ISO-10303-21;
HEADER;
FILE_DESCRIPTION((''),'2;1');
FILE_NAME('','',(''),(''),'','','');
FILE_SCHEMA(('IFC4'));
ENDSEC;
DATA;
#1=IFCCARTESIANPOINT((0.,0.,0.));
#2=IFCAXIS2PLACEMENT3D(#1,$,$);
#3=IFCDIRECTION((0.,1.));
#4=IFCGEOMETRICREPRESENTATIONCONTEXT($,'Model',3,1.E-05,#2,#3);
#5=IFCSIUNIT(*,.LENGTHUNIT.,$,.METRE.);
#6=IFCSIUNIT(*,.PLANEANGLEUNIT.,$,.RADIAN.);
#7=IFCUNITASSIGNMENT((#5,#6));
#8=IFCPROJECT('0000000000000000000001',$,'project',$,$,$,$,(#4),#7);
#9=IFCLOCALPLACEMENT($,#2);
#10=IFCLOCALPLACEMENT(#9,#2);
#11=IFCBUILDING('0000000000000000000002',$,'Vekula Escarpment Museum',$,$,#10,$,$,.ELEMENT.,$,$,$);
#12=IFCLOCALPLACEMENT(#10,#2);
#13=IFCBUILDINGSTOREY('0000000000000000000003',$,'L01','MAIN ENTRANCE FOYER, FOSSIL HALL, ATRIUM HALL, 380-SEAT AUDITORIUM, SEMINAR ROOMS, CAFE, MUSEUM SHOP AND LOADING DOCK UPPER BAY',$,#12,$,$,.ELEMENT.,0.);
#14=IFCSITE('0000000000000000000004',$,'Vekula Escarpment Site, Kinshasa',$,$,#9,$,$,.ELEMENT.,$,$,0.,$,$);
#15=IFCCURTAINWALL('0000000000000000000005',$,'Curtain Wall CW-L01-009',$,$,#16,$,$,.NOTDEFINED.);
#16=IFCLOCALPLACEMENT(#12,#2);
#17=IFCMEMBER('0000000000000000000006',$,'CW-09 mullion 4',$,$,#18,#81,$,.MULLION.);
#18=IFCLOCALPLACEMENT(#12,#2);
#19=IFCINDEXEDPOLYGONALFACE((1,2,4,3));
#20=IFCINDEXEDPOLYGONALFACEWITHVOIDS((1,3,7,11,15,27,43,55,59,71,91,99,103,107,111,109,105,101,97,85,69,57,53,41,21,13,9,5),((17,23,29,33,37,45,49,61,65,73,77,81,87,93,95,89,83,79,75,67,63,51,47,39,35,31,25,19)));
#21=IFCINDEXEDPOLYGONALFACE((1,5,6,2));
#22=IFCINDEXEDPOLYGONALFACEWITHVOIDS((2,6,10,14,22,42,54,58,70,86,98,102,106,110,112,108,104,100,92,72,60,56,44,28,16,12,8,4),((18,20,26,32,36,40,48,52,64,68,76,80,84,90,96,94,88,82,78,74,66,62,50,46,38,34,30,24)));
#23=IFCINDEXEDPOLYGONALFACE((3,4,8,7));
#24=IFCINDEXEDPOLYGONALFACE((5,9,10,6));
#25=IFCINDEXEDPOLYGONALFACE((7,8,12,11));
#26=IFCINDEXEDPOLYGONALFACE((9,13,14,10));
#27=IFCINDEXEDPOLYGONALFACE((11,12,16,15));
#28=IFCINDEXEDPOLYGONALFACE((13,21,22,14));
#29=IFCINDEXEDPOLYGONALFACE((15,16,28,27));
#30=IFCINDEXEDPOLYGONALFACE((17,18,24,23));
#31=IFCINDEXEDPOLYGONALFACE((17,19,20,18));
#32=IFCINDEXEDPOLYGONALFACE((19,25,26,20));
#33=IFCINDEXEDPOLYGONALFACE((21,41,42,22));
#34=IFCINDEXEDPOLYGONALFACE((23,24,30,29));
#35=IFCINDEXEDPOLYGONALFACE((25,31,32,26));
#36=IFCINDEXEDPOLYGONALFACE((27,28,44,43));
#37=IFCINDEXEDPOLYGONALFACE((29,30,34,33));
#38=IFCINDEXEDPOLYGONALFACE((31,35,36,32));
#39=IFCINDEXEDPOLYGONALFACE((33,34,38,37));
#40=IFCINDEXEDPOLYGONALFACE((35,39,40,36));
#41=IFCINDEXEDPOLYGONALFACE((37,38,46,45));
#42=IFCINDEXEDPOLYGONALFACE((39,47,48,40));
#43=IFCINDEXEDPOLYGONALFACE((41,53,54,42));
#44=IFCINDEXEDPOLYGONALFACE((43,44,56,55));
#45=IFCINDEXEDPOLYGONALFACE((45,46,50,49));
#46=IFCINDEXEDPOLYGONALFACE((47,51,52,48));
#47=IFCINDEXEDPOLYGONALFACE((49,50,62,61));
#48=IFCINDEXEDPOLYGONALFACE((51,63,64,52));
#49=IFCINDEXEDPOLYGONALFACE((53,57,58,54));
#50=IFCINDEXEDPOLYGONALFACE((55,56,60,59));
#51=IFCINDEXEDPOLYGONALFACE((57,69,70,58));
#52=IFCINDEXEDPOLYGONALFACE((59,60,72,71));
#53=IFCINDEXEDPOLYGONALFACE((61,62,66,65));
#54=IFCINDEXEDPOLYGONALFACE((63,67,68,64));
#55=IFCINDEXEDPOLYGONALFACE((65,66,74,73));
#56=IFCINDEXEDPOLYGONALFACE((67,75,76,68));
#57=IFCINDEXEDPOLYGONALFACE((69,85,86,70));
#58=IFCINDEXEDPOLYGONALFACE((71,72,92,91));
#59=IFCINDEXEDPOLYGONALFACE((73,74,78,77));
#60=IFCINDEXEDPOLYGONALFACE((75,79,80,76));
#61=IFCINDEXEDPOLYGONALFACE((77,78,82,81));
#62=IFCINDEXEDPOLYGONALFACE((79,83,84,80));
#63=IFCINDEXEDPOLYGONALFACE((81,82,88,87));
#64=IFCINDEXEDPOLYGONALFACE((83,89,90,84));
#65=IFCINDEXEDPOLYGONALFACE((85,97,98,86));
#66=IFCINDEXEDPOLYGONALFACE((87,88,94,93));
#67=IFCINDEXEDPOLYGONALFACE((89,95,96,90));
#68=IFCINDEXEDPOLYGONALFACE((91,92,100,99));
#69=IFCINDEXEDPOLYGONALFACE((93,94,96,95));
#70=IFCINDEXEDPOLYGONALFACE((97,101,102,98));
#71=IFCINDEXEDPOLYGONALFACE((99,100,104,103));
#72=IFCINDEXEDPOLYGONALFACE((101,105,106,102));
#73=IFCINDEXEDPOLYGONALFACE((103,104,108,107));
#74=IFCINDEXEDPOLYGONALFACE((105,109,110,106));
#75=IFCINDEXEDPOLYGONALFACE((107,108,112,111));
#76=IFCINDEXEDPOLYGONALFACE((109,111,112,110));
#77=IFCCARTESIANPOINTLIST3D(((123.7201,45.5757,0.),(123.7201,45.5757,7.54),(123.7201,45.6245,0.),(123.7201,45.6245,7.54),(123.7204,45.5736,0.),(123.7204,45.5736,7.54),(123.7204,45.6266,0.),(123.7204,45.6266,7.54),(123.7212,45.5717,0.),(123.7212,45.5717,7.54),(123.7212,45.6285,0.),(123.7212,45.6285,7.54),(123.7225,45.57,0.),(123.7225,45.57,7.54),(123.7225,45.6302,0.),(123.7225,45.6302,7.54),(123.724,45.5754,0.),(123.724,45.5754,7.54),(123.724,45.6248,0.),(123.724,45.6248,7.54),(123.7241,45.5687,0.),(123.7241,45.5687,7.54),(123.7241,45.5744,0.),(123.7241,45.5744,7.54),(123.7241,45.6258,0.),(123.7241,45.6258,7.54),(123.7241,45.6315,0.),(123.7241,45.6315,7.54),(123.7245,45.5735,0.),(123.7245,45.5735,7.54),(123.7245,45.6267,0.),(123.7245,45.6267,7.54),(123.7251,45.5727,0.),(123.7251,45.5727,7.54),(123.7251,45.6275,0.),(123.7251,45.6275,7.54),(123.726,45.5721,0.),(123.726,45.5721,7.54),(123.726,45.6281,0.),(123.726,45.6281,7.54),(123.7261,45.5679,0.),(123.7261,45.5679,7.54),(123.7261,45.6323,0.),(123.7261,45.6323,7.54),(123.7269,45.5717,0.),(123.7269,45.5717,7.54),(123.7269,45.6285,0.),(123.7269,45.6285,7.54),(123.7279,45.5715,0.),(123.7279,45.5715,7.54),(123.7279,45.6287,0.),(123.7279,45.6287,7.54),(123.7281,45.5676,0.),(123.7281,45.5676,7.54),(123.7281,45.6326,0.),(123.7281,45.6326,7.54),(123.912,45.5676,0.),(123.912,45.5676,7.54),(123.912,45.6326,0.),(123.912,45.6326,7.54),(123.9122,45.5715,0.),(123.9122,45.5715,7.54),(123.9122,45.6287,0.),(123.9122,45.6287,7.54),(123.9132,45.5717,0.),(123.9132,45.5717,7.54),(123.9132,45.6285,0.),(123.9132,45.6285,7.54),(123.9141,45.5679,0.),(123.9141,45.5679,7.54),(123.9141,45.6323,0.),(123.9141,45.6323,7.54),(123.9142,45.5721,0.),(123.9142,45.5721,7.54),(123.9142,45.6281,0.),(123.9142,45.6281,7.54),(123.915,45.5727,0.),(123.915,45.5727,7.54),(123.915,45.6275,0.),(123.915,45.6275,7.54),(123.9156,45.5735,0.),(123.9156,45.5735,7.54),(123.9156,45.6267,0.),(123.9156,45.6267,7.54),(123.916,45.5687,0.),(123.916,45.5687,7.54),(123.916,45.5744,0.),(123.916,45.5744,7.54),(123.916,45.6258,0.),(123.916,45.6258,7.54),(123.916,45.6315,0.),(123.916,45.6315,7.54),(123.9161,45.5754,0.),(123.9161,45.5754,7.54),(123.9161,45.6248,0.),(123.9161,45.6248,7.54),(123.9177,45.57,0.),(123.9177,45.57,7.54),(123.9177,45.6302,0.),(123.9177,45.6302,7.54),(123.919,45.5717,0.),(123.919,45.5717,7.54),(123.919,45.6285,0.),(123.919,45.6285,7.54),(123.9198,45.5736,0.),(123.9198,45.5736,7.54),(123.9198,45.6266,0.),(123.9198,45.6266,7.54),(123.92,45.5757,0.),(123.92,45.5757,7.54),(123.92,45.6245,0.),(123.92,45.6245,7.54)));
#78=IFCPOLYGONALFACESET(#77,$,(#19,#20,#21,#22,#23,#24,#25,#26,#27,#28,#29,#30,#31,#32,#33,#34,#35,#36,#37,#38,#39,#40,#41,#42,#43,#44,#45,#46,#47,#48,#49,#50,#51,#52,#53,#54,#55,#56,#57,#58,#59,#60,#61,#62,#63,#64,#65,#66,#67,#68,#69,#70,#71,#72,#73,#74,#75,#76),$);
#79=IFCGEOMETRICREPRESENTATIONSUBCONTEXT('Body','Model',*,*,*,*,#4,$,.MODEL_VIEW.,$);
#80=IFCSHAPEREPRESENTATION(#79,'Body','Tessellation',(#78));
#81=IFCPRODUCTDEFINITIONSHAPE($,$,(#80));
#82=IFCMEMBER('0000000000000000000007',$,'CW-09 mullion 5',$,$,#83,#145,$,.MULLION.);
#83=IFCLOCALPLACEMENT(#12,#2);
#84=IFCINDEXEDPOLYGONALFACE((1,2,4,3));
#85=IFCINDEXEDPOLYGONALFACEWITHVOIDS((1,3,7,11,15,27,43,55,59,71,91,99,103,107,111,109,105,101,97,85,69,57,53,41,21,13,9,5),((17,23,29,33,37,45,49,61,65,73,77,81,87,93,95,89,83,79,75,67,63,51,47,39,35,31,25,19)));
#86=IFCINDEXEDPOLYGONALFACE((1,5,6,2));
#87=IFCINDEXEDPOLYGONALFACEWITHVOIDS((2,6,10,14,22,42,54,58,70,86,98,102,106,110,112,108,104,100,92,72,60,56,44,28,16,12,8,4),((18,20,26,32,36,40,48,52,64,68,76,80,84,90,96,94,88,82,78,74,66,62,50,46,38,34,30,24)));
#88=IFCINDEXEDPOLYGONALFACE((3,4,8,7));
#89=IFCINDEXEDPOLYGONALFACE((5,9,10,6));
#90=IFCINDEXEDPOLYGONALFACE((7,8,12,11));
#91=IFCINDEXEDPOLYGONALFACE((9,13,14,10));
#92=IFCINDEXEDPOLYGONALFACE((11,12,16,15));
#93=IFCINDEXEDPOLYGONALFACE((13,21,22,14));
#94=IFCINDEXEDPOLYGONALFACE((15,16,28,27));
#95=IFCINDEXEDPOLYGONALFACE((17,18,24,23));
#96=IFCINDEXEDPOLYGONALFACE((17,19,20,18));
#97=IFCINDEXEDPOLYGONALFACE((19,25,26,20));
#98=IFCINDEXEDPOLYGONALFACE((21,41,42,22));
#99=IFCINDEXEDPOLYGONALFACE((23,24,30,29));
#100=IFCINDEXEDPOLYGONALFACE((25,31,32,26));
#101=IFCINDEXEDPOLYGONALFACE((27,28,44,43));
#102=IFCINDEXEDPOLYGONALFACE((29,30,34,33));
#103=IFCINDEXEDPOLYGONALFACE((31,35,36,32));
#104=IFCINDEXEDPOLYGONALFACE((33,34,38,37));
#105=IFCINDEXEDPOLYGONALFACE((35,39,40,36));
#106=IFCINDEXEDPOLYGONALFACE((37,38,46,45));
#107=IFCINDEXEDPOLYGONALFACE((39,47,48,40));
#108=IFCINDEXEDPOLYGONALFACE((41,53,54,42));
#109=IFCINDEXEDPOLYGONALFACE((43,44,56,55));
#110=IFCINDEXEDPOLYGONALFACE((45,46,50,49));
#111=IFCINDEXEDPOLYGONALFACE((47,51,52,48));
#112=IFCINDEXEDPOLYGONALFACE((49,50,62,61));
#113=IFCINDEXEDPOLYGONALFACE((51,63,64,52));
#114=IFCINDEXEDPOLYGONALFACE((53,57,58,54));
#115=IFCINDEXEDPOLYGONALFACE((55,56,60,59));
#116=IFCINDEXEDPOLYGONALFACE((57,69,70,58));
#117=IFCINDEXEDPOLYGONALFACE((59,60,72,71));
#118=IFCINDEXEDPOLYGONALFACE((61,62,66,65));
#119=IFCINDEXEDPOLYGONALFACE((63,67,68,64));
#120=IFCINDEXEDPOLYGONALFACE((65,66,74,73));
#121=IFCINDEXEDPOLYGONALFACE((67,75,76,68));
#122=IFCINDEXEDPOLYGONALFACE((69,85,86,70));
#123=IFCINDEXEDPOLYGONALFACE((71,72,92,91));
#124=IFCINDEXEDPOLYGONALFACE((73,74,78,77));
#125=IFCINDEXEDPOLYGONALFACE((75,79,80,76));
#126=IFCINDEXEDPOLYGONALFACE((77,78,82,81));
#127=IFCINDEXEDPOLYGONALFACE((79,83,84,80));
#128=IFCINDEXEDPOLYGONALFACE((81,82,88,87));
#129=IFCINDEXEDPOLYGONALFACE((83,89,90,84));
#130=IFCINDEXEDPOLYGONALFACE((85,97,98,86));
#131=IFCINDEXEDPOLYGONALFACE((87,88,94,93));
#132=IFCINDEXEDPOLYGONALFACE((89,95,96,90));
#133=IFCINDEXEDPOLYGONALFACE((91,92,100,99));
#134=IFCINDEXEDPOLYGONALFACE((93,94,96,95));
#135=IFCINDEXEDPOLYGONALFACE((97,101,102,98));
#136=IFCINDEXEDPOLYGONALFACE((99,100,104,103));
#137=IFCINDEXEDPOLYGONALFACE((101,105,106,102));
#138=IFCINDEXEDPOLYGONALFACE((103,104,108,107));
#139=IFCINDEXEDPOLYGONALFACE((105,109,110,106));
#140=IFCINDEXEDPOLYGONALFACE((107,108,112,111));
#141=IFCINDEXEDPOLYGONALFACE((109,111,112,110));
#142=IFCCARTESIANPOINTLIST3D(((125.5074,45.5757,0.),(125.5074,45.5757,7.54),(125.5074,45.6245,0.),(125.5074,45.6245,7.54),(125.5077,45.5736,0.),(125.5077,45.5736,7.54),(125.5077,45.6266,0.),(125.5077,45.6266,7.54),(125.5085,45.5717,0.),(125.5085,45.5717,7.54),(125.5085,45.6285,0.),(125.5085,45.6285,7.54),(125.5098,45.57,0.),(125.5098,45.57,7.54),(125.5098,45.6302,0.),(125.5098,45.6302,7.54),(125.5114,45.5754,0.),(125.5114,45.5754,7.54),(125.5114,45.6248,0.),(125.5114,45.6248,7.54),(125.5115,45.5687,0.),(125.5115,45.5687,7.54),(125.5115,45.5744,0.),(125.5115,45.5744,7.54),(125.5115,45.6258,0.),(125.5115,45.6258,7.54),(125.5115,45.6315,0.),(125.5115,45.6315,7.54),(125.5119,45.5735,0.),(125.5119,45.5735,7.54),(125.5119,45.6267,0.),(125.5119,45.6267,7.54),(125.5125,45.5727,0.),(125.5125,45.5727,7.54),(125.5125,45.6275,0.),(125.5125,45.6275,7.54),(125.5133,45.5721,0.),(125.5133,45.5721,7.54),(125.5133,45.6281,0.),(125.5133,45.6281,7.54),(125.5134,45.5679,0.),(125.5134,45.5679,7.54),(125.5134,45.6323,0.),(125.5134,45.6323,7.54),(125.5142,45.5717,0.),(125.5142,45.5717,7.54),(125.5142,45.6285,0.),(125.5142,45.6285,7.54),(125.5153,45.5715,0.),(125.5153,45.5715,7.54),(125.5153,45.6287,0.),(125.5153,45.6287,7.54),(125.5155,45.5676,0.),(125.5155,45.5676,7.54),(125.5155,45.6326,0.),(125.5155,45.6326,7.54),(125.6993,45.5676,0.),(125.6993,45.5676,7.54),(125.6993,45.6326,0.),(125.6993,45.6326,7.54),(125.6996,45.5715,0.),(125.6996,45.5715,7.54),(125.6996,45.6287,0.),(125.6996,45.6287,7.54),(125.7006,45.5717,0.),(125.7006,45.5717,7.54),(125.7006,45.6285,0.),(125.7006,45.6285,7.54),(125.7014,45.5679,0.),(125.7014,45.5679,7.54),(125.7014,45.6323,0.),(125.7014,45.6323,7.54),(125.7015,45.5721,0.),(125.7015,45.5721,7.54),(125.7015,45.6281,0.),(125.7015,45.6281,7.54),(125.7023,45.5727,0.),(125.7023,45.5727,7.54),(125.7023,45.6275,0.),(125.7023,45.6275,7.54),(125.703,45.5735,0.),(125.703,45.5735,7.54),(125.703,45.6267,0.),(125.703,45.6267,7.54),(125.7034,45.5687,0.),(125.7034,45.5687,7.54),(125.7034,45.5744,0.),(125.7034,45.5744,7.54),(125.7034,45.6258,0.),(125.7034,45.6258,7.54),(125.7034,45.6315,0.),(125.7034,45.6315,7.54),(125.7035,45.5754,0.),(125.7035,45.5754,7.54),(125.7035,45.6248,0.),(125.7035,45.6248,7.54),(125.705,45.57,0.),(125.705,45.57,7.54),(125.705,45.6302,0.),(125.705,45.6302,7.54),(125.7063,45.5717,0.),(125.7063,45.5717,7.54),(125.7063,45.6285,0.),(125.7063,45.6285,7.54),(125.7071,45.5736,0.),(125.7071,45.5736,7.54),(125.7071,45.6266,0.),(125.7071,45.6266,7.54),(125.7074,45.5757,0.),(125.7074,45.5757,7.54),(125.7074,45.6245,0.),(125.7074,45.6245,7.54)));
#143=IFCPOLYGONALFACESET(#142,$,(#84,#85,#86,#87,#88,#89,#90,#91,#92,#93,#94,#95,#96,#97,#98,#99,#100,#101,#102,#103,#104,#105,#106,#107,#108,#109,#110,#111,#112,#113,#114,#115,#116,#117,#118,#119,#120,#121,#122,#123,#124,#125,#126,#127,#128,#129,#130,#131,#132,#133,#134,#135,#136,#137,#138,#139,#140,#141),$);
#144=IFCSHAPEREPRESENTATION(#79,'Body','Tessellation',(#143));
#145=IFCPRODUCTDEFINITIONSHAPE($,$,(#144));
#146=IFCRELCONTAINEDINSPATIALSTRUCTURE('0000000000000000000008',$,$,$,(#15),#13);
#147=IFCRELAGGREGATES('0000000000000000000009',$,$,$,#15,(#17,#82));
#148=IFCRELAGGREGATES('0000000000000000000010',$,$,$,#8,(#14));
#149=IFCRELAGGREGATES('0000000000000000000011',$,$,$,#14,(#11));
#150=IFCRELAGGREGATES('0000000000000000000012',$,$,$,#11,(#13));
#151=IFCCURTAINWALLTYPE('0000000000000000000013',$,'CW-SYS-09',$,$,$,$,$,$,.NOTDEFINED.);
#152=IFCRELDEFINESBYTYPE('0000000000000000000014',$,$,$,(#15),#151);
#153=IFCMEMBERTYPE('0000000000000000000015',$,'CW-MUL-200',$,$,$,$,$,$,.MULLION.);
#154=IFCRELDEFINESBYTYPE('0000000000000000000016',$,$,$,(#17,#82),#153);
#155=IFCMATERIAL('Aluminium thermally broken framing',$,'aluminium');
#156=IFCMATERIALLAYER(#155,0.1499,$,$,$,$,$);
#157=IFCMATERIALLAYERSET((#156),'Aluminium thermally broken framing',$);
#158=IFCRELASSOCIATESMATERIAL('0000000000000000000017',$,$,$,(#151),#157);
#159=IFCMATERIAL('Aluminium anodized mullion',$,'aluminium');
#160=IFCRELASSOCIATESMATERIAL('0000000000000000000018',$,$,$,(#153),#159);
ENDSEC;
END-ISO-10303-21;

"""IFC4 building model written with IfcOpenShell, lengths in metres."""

from ifc_helpers import new_model, si_unit, direction, frame, origin, origin_2d, place, context, subcontext, project, spatial, hollow_rectangle, extrude, material, layer, layer_set, material_profile, profile_set, type_object, element, aggregate, save


model = new_model("IFC4")

# Units and contexts
model_context = context("Model", 3, precision=1e-05, world=origin(), true_north=direction((0.0, 1.0)))
body_context = subcontext(model_context, "Body", "Model", "MODEL_VIEW")
ifc_project = project(units=[si_unit("LENGTHUNIT", "METRE"), si_unit("PLANEANGLEUNIT", "RADIAN")], contexts=[model_context])

# Site, building, storey
site_placement = place(None, origin())
site = spatial("IfcSite", under=ifc_project, at=site_placement, Name="Vekula Escarpment Site, Kinshasa", CompositionType="ELEMENT", RefElevation=0.0)
building_placement = place(site_placement, origin())
building = spatial("IfcBuilding", under=site, at=building_placement, Name="Vekula Escarpment Museum", CompositionType="ELEMENT")
storey_placement = place(building_placement, origin())
storey = spatial("IfcBuildingStorey", under=building, at=storey_placement, Name="L01", Description="MAIN ENTRANCE FOYER, FOSSIL HALL, ATRIUM HALL, 380-SEAT AUDITORIUM, SEMINAR ROOMS, CAFE, MUSEUM SHOP AND LOADING DOCK UPPER BAY", CompositionType="ELEMENT", Elevation=0.0)

# Curtain wall, members
ifc_material_1 = material(Name="Aluminium thermally broken framing", Category="aluminium")
ifc_layer_1 = layer(ifc_material_1, 0.1499)
ifc_layer_set_1 = layer_set([ifc_layer_1], Name="Aluminium thermally broken framing")
curtain_wall_type_1 = type_object("IfcCurtainWallType", Name="CW-SYS-09", PredefinedType="NOTDEFINED", material=ifc_layer_set_1)
curtain_wall_1_placement = place(storey_placement, origin())
curtain_wall_1 = element("IfcCurtainWall", 1, at=curtain_wall_1_placement, inside=storey, type_object=curtain_wall_type_1, Name="Curtain Wall CW-L01-009", PredefinedType="NOTDEFINED")
ifc_material_2 = material(Name="Aluminium anodized mullion", Category="aluminium")
ifc_material_profile_1 = material_profile(ifc_material_2, hollow_rectangle(XDim=0.0649, YDim=0.2, WallThickness=0.0039, InnerFilletRadius=0.0039, OuterFilletRadius=0.0081, at=origin_2d()), Name="ALU 200x65x4")
ifc_profile_set_1 = profile_set([ifc_material_profile_1], Name="Aluminium anodized mullion")
member_type_1 = type_object("IfcMemberType", Name="CW-MUL-200", PredefinedType="MULLION", material=ifc_profile_set_1)
member_1_placement = place(storey_placement, frame((123.8201, 45.6001, 0.0), z_axis=(0.0, 0.0, 1.0), x_axis=(0.0, 1.0, 0.0)))
member_1 = element("IfcMember", 2, at=member_1_placement, type_object=member_type_1, Name="CW-09 mullion 4", PredefinedType="MULLION", context=body_context, shape_type="SweptSolid", body=[
    extrude(hollow_rectangle(XDim=0.0649, YDim=0.2, WallThickness=0.0039, InnerFilletRadius=0.0039, OuterFilletRadius=0.0081, at=origin_2d()), origin(), (0.0, 0.0, 1.0), 7.54),
])
member_2_placement = place(storey_placement, frame((125.6074, 45.6001, 0.0), z_axis=(0.0, 0.0, 1.0), x_axis=(0.0, 1.0, 0.0)))
member_2 = element("IfcMember", 3, at=member_2_placement, type_object=member_type_1, Name="CW-09 mullion 5", PredefinedType="MULLION", context=body_context, shape_type="SweptSolid", body=[
    extrude(hollow_rectangle(XDim=0.0649, YDim=0.2, WallThickness=0.0039, InnerFilletRadius=0.0039, OuterFilletRadius=0.0081, at=origin_2d()), origin(), (0.0, 0.0, 1.0), 7.54),
])

aggregate(curtain_wall_1, [member_1, member_2])

save(model, "model.ifc")
